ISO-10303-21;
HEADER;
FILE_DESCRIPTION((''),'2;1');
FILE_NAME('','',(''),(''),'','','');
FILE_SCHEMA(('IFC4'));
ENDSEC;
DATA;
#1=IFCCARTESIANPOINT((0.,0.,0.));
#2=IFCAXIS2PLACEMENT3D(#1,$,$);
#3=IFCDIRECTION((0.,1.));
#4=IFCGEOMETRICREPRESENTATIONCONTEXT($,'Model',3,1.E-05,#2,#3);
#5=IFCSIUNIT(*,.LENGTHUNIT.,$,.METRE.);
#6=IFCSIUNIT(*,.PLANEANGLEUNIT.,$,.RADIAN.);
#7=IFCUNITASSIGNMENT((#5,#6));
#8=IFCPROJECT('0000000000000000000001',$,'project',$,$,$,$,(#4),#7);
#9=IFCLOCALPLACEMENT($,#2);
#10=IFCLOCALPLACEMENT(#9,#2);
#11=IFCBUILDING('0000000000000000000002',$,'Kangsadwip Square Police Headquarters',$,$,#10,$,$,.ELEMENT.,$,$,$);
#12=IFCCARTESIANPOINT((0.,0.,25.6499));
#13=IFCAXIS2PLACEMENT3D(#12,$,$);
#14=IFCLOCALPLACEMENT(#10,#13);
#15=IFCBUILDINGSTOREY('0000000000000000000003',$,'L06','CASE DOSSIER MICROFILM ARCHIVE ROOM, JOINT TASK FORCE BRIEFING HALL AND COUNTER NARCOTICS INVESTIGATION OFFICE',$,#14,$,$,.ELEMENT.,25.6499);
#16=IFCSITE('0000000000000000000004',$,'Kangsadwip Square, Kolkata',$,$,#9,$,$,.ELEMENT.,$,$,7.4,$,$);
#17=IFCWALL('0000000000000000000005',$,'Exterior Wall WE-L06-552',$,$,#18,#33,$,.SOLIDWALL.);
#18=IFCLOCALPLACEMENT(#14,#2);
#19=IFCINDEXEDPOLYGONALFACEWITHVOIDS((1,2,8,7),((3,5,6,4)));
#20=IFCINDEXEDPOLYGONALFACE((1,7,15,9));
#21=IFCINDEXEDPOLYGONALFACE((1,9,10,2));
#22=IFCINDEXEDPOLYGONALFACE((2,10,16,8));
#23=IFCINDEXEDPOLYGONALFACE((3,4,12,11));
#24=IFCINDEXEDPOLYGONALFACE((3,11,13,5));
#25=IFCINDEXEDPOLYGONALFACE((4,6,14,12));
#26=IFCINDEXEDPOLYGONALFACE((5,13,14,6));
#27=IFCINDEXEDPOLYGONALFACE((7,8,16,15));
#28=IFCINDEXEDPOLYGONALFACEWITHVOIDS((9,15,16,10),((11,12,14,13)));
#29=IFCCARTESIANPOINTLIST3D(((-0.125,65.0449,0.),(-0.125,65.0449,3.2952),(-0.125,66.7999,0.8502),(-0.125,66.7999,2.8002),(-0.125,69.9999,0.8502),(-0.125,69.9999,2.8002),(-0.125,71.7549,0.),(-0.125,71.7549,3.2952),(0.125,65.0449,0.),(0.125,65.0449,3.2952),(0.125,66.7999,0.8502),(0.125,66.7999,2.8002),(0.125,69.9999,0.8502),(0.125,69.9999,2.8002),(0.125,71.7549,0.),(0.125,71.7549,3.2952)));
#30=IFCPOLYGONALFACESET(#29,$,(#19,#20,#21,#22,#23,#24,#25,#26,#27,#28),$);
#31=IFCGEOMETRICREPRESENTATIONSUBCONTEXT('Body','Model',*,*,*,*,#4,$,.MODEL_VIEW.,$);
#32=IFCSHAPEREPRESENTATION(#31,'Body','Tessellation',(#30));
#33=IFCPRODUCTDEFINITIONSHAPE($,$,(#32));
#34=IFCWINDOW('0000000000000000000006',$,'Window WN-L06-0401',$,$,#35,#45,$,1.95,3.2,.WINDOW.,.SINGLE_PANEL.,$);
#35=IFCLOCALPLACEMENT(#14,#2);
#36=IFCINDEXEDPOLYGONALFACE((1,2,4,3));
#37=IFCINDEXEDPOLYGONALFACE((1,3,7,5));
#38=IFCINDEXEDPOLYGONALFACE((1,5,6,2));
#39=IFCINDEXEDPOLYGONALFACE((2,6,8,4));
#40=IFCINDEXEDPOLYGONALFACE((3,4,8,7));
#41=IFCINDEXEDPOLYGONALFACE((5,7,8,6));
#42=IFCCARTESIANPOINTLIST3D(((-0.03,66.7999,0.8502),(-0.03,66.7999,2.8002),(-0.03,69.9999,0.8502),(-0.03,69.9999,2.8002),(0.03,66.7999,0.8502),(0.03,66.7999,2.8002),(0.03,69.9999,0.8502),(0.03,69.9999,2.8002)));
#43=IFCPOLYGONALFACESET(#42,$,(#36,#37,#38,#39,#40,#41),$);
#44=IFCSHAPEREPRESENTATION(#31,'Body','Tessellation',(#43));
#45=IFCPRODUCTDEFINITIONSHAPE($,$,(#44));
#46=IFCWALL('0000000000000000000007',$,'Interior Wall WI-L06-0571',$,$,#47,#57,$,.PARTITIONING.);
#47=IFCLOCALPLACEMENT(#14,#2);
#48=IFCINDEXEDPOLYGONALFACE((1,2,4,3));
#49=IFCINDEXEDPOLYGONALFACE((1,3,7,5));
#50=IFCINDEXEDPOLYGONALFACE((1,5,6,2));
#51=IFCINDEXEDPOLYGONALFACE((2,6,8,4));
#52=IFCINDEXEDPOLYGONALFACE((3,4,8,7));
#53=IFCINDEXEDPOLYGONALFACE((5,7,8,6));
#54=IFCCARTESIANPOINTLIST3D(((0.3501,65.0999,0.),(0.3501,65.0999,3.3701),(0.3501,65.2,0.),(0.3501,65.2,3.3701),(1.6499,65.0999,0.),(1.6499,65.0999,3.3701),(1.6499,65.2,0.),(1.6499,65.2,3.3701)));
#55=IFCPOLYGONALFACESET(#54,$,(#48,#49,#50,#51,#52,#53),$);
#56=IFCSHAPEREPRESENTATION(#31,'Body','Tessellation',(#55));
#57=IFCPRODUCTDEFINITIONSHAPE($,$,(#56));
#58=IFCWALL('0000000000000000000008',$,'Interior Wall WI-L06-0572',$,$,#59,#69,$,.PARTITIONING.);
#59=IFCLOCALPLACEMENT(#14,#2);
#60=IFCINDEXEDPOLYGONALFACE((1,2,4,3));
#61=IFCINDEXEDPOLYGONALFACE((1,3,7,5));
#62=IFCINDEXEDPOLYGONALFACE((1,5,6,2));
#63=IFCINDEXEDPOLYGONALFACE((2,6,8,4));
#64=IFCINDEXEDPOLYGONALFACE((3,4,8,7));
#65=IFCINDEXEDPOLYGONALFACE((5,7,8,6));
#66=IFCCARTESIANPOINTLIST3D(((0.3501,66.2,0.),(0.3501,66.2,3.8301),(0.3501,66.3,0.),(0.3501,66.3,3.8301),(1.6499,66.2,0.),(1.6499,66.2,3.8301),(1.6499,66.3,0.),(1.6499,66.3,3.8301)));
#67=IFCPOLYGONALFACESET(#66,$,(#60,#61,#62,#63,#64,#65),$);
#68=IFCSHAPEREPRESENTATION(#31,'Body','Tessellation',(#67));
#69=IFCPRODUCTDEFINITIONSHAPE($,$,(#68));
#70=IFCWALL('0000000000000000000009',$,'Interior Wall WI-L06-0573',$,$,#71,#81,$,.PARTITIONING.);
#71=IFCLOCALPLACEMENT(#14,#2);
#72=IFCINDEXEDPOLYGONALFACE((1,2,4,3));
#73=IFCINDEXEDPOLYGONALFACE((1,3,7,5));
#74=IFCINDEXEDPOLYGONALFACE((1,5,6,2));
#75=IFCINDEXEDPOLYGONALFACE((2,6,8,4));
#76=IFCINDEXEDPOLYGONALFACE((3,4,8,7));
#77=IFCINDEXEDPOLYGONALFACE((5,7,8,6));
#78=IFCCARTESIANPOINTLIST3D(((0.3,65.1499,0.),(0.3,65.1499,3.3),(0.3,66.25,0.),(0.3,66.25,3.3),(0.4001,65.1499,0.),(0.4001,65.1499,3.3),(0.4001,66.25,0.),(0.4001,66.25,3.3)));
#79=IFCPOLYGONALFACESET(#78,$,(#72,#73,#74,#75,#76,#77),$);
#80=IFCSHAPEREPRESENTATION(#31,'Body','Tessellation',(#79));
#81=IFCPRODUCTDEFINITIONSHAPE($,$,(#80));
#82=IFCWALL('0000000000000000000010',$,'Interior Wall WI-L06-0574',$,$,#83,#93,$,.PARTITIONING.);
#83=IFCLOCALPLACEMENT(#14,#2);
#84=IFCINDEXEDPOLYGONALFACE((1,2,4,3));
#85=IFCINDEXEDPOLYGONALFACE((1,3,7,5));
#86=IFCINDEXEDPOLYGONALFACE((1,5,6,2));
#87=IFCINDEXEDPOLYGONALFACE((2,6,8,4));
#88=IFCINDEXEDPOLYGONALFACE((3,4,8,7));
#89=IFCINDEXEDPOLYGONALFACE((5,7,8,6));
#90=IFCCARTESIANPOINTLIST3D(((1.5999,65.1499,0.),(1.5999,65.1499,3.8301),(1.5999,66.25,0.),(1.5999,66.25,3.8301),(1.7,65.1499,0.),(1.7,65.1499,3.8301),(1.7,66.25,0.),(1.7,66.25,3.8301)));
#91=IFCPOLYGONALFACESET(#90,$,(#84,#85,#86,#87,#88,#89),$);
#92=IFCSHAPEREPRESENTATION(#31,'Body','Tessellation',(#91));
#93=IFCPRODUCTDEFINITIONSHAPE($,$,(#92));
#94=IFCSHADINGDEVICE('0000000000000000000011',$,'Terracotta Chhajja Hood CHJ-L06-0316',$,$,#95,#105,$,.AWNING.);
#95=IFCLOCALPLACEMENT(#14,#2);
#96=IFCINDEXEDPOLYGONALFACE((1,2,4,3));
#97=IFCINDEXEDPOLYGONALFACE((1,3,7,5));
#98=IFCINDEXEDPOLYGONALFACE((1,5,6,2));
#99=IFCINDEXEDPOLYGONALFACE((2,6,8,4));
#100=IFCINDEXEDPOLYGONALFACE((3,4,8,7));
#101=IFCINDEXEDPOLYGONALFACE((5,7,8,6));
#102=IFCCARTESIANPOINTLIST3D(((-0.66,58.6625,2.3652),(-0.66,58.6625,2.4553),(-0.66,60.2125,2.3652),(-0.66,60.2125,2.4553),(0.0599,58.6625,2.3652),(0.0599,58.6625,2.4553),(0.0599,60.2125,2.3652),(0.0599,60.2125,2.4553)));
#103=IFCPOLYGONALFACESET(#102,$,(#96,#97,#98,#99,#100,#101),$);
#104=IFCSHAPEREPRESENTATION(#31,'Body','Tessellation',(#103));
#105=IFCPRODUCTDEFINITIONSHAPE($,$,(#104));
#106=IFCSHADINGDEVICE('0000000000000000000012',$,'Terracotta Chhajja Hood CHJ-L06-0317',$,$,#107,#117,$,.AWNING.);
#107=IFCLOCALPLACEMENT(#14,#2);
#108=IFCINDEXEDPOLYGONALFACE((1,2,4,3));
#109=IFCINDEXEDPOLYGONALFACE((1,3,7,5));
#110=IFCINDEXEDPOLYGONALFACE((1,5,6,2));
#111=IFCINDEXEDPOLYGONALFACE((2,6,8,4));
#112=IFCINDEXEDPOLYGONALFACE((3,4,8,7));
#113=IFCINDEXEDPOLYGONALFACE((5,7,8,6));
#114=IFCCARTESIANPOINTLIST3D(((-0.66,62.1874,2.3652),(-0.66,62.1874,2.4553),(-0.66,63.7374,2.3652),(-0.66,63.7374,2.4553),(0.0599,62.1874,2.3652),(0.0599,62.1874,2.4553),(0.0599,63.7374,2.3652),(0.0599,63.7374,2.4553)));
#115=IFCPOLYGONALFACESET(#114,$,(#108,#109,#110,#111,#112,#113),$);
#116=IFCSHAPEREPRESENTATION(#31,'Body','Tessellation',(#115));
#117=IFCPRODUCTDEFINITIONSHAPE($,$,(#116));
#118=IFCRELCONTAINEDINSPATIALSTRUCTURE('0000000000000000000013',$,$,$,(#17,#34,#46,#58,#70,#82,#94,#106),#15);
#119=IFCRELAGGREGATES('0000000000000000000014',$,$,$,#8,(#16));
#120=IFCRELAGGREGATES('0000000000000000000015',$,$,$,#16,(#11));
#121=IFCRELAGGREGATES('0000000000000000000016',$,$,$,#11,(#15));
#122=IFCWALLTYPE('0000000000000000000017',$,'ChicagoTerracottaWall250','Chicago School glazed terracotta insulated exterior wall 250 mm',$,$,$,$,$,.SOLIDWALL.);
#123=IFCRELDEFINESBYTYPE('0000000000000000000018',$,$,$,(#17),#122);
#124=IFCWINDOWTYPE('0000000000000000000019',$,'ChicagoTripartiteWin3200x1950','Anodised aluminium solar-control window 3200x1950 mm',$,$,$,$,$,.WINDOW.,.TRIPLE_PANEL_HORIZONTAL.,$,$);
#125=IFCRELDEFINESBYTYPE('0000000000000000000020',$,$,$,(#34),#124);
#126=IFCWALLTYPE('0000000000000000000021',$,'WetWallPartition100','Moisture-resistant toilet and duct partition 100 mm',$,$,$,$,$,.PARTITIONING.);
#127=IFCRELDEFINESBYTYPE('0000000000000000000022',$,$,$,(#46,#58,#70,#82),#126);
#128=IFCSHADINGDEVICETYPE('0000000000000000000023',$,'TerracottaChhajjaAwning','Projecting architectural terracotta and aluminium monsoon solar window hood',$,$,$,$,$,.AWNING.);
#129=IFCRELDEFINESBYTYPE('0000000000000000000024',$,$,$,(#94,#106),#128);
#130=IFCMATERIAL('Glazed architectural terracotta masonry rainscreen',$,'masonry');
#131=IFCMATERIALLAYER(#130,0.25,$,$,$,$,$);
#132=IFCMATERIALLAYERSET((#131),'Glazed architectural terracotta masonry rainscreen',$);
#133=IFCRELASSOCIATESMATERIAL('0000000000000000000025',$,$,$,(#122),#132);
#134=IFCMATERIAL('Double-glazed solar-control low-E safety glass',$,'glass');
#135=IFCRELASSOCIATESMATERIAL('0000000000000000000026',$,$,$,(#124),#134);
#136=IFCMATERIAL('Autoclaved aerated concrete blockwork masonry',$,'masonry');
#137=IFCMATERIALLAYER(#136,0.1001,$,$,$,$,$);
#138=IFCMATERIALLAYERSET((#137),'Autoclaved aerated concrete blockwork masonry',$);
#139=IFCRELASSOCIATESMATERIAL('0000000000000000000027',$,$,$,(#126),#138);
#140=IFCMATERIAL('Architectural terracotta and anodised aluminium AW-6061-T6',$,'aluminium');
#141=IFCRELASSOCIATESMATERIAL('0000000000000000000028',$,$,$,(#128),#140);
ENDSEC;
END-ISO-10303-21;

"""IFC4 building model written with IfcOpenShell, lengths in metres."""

from ifc_helpers import new_model, si_unit, direction, frame, frame_2d, origin, origin_2d, place, context, subcontext, project, spatial, rectangle, extrude, material, layer, layer_set, type_object, element, fill, save


model = new_model("IFC4")

# Units and contexts
model_context = context("Model", 3, precision=1e-05, world=origin(), true_north=direction((0.0, 1.0)))
body_context = subcontext(model_context, "Body", "Model", "MODEL_VIEW")
ifc_project = project(units=[si_unit("LENGTHUNIT", "METRE"), si_unit("PLANEANGLEUNIT", "RADIAN")], contexts=[model_context])

# Site, building, storey
site_placement = place(None, origin())
site = spatial("IfcSite", under=ifc_project, at=site_placement, Name="Kangsadwip Square, Kolkata", CompositionType="ELEMENT", RefElevation=7.4)
building_placement = place(site_placement, origin())
building = spatial("IfcBuilding", under=site, at=building_placement, Name="Kangsadwip Square Police Headquarters", CompositionType="ELEMENT")
storey_placement = place(building_placement, frame((0.0, 0.0, 25.6499)))
storey = spatial("IfcBuildingStorey", under=building, at=storey_placement, Name="L06", Description="CASE DOSSIER MICROFILM ARCHIVE ROOM, JOINT TASK FORCE BRIEFING HALL AND COUNTER NARCOTICS INVESTIGATION OFFICE", CompositionType="ELEMENT", Elevation=25.6499)

# Wall, opening, window
ifc_material_1 = material(Name="Glazed architectural terracotta masonry rainscreen", Category="masonry")
ifc_layer_1 = layer(ifc_material_1, 0.25)
ifc_layer_set_1 = layer_set([ifc_layer_1], Name="Glazed architectural terracotta masonry rainscreen")
wall_type_1 = type_object("IfcWallType", Name="ChicagoTerracottaWall250", Description="Chicago School glazed terracotta insulated exterior wall 250 mm", PredefinedType="SOLIDWALL", material=ifc_layer_set_1)
wall_1_placement = place(storey_placement, frame((0.0, 65.0449, 0.0), z_axis=(0.0, 0.0, 1.0), x_axis=(0.0, 1.0, 0.0)))
wall_1 = element("IfcWall", 1, at=wall_1_placement, inside=storey, type_object=wall_type_1, Name="Exterior Wall WE-L06-552", PredefinedType="SOLIDWALL", context=body_context, shape_type="SweptSolid", body=[
    extrude(rectangle(XDim=6.71, YDim=0.25, at=frame_2d((3.355, 0.0))), origin(), (0.0, 0.0, 1.0), 3.2952),
])
opening_1_placement = place(wall_1_placement, frame((1.7549, 0.0, 0.8501)))
opening_1 = element("IfcOpeningElement", 2, at=opening_1_placement, cuts=wall_1, PredefinedType="OPENING", context=body_context, shape_type="SweptSolid", body=[
    extrude(rectangle(XDim=3.2, YDim=1.95, at=frame_2d((1.6001, 0.9751))), frame((0.0, 0.135, 0.0), z_axis=(0.0, -1.0, 0.0), x_axis=(1.0, 0.0, 0.0)), (0.0, 0.0, 1.0), 0.27),
])
ifc_material_2 = material(Name="Double-glazed solar-control low-E safety glass", Category="glass")
window_type_1 = type_object("IfcWindowType", Name="ChicagoTripartiteWin3200x1950", Description="Anodised aluminium solar-control window 3200x1950 mm", PartitioningType="TRIPLE_PANEL_HORIZONTAL", PredefinedType="WINDOW", material=ifc_material_2)
window_1_placement = place(opening_1_placement, origin())
window_1 = element("IfcWindow", 3, at=window_1_placement, inside=storey, type_object=window_type_1, Name="Window WN-L06-0401", OverallHeight=1.95, OverallWidth=3.2, PartitioningType="SINGLE_PANEL", PredefinedType="WINDOW", context=body_context, shape_type="SweptSolid", body=[
    extrude(rectangle(XDim=3.2, YDim=1.95, at=frame_2d((1.6001, 0.9751))), frame((0.0, 0.03, 0.0), z_axis=(0.0, -1.0, 0.0), x_axis=(1.0, 0.0, 0.0)), (0.0, 0.0, 1.0), 0.0601),
])
fill(opening_1, window_1)

# Walls
ifc_material_3 = material(Name="Autoclaved aerated concrete blockwork masonry", Category="masonry")
ifc_layer_2 = layer(ifc_material_3, 0.1001)
ifc_layer_set_2 = layer_set([ifc_layer_2], Name="Autoclaved aerated concrete blockwork masonry")
wall_type_2 = type_object("IfcWallType", Name="WetWallPartition100", Description="Moisture-resistant toilet and duct partition 100 mm", PredefinedType="PARTITIONING", material=ifc_layer_set_2)
wall_2_placement = place(storey_placement, frame((0.3501, 65.1499, 0.0), z_axis=(0.0, 0.0, 1.0), x_axis=(1.0, 0.0, 0.0)))
element("IfcWall", 4, at=wall_2_placement, inside=storey, type_object=wall_type_2, Name="Interior Wall WI-L06-0571", PredefinedType="PARTITIONING", context=body_context, shape_type="SweptSolid", body=[
    extrude(rectangle(XDim=1.2998, YDim=0.1001, at=frame_2d((0.6499, 0.0))), origin(), (0.0, 0.0, 1.0), 3.3701),
])
wall_3_placement = place(storey_placement, frame((0.3501, 66.25, 0.0), z_axis=(0.0, 0.0, 1.0), x_axis=(1.0, 0.0, 0.0)))
element("IfcWall", 5, at=wall_3_placement, inside=storey, type_object=wall_type_2, Name="Interior Wall WI-L06-0572", PredefinedType="PARTITIONING", context=body_context, shape_type="SweptSolid", body=[
    extrude(rectangle(XDim=1.2998, YDim=0.1001, at=frame_2d((0.6499, 0.0))), origin(), (0.0, 0.0, 1.0), 3.8301),
])
wall_4_placement = place(storey_placement, frame((0.3501, 65.1499, 0.0), z_axis=(0.0, 0.0, 1.0), x_axis=(0.0, 1.0, 0.0)))
element("IfcWall", 6, at=wall_4_placement, inside=storey, type_object=wall_type_2, Name="Interior Wall WI-L06-0573", PredefinedType="PARTITIONING", context=body_context, shape_type="SweptSolid", body=[
    extrude(rectangle(XDim=1.1001, YDim=0.1001, at=frame_2d((0.55, 0.0))), origin(), (0.0, 0.0, 1.0), 3.3),
])
wall_5_placement = place(storey_placement, frame((1.6499, 65.1499, 0.0), z_axis=(0.0, 0.0, 1.0), x_axis=(0.0, 1.0, 0.0)))
element("IfcWall", 7, at=wall_5_placement, inside=storey, type_object=wall_type_2, Name="Interior Wall WI-L06-0574", PredefinedType="PARTITIONING", context=body_context, shape_type="SweptSolid", body=[
    extrude(rectangle(XDim=1.1001, YDim=0.1001, at=frame_2d((0.55, 0.0))), origin(), (0.0, 0.0, 1.0), 3.8301),
])

# Shading devices
ifc_material_4 = material(Name="Architectural terracotta and anodised aluminium AW-6061-T6", Category="aluminium")
shading_device_type = type_object("IfcShadingDeviceType", Name="TerracottaChhajjaAwning", Description="Projecting architectural terracotta and aluminium monsoon solar window hood", PredefinedType="AWNING", material=ifc_material_4)
for number, where, z_axis, x_axis, name in (
    (8, (-0.3, 59.4375, 2.3652), (0.0, 0.0, 1.0), (0.0, 1.0, 0.0), "Terracotta Chhajja Hood CHJ-L06-0316"),
    (9, (-0.3, 62.9624, 2.3652), (0.0, 0.0, 1.0), (0.0, 1.0, 0.0), "Terracotta Chhajja Hood CHJ-L06-0317"),
):
    element("IfcShadingDevice", number, at=place(storey_placement, frame(where, z_axis=z_axis, x_axis=x_axis)), inside=storey, type_object=shading_device_type, Name=name, PredefinedType="AWNING", context=body_context, shape_type="SweptSolid", body=[
        extrude(rectangle(XDim=1.55, YDim=0.72, at=origin_2d()), origin(), (0.0, 0.0, 1.0), 0.0901),
    ])

save(model, "model.ifc")
